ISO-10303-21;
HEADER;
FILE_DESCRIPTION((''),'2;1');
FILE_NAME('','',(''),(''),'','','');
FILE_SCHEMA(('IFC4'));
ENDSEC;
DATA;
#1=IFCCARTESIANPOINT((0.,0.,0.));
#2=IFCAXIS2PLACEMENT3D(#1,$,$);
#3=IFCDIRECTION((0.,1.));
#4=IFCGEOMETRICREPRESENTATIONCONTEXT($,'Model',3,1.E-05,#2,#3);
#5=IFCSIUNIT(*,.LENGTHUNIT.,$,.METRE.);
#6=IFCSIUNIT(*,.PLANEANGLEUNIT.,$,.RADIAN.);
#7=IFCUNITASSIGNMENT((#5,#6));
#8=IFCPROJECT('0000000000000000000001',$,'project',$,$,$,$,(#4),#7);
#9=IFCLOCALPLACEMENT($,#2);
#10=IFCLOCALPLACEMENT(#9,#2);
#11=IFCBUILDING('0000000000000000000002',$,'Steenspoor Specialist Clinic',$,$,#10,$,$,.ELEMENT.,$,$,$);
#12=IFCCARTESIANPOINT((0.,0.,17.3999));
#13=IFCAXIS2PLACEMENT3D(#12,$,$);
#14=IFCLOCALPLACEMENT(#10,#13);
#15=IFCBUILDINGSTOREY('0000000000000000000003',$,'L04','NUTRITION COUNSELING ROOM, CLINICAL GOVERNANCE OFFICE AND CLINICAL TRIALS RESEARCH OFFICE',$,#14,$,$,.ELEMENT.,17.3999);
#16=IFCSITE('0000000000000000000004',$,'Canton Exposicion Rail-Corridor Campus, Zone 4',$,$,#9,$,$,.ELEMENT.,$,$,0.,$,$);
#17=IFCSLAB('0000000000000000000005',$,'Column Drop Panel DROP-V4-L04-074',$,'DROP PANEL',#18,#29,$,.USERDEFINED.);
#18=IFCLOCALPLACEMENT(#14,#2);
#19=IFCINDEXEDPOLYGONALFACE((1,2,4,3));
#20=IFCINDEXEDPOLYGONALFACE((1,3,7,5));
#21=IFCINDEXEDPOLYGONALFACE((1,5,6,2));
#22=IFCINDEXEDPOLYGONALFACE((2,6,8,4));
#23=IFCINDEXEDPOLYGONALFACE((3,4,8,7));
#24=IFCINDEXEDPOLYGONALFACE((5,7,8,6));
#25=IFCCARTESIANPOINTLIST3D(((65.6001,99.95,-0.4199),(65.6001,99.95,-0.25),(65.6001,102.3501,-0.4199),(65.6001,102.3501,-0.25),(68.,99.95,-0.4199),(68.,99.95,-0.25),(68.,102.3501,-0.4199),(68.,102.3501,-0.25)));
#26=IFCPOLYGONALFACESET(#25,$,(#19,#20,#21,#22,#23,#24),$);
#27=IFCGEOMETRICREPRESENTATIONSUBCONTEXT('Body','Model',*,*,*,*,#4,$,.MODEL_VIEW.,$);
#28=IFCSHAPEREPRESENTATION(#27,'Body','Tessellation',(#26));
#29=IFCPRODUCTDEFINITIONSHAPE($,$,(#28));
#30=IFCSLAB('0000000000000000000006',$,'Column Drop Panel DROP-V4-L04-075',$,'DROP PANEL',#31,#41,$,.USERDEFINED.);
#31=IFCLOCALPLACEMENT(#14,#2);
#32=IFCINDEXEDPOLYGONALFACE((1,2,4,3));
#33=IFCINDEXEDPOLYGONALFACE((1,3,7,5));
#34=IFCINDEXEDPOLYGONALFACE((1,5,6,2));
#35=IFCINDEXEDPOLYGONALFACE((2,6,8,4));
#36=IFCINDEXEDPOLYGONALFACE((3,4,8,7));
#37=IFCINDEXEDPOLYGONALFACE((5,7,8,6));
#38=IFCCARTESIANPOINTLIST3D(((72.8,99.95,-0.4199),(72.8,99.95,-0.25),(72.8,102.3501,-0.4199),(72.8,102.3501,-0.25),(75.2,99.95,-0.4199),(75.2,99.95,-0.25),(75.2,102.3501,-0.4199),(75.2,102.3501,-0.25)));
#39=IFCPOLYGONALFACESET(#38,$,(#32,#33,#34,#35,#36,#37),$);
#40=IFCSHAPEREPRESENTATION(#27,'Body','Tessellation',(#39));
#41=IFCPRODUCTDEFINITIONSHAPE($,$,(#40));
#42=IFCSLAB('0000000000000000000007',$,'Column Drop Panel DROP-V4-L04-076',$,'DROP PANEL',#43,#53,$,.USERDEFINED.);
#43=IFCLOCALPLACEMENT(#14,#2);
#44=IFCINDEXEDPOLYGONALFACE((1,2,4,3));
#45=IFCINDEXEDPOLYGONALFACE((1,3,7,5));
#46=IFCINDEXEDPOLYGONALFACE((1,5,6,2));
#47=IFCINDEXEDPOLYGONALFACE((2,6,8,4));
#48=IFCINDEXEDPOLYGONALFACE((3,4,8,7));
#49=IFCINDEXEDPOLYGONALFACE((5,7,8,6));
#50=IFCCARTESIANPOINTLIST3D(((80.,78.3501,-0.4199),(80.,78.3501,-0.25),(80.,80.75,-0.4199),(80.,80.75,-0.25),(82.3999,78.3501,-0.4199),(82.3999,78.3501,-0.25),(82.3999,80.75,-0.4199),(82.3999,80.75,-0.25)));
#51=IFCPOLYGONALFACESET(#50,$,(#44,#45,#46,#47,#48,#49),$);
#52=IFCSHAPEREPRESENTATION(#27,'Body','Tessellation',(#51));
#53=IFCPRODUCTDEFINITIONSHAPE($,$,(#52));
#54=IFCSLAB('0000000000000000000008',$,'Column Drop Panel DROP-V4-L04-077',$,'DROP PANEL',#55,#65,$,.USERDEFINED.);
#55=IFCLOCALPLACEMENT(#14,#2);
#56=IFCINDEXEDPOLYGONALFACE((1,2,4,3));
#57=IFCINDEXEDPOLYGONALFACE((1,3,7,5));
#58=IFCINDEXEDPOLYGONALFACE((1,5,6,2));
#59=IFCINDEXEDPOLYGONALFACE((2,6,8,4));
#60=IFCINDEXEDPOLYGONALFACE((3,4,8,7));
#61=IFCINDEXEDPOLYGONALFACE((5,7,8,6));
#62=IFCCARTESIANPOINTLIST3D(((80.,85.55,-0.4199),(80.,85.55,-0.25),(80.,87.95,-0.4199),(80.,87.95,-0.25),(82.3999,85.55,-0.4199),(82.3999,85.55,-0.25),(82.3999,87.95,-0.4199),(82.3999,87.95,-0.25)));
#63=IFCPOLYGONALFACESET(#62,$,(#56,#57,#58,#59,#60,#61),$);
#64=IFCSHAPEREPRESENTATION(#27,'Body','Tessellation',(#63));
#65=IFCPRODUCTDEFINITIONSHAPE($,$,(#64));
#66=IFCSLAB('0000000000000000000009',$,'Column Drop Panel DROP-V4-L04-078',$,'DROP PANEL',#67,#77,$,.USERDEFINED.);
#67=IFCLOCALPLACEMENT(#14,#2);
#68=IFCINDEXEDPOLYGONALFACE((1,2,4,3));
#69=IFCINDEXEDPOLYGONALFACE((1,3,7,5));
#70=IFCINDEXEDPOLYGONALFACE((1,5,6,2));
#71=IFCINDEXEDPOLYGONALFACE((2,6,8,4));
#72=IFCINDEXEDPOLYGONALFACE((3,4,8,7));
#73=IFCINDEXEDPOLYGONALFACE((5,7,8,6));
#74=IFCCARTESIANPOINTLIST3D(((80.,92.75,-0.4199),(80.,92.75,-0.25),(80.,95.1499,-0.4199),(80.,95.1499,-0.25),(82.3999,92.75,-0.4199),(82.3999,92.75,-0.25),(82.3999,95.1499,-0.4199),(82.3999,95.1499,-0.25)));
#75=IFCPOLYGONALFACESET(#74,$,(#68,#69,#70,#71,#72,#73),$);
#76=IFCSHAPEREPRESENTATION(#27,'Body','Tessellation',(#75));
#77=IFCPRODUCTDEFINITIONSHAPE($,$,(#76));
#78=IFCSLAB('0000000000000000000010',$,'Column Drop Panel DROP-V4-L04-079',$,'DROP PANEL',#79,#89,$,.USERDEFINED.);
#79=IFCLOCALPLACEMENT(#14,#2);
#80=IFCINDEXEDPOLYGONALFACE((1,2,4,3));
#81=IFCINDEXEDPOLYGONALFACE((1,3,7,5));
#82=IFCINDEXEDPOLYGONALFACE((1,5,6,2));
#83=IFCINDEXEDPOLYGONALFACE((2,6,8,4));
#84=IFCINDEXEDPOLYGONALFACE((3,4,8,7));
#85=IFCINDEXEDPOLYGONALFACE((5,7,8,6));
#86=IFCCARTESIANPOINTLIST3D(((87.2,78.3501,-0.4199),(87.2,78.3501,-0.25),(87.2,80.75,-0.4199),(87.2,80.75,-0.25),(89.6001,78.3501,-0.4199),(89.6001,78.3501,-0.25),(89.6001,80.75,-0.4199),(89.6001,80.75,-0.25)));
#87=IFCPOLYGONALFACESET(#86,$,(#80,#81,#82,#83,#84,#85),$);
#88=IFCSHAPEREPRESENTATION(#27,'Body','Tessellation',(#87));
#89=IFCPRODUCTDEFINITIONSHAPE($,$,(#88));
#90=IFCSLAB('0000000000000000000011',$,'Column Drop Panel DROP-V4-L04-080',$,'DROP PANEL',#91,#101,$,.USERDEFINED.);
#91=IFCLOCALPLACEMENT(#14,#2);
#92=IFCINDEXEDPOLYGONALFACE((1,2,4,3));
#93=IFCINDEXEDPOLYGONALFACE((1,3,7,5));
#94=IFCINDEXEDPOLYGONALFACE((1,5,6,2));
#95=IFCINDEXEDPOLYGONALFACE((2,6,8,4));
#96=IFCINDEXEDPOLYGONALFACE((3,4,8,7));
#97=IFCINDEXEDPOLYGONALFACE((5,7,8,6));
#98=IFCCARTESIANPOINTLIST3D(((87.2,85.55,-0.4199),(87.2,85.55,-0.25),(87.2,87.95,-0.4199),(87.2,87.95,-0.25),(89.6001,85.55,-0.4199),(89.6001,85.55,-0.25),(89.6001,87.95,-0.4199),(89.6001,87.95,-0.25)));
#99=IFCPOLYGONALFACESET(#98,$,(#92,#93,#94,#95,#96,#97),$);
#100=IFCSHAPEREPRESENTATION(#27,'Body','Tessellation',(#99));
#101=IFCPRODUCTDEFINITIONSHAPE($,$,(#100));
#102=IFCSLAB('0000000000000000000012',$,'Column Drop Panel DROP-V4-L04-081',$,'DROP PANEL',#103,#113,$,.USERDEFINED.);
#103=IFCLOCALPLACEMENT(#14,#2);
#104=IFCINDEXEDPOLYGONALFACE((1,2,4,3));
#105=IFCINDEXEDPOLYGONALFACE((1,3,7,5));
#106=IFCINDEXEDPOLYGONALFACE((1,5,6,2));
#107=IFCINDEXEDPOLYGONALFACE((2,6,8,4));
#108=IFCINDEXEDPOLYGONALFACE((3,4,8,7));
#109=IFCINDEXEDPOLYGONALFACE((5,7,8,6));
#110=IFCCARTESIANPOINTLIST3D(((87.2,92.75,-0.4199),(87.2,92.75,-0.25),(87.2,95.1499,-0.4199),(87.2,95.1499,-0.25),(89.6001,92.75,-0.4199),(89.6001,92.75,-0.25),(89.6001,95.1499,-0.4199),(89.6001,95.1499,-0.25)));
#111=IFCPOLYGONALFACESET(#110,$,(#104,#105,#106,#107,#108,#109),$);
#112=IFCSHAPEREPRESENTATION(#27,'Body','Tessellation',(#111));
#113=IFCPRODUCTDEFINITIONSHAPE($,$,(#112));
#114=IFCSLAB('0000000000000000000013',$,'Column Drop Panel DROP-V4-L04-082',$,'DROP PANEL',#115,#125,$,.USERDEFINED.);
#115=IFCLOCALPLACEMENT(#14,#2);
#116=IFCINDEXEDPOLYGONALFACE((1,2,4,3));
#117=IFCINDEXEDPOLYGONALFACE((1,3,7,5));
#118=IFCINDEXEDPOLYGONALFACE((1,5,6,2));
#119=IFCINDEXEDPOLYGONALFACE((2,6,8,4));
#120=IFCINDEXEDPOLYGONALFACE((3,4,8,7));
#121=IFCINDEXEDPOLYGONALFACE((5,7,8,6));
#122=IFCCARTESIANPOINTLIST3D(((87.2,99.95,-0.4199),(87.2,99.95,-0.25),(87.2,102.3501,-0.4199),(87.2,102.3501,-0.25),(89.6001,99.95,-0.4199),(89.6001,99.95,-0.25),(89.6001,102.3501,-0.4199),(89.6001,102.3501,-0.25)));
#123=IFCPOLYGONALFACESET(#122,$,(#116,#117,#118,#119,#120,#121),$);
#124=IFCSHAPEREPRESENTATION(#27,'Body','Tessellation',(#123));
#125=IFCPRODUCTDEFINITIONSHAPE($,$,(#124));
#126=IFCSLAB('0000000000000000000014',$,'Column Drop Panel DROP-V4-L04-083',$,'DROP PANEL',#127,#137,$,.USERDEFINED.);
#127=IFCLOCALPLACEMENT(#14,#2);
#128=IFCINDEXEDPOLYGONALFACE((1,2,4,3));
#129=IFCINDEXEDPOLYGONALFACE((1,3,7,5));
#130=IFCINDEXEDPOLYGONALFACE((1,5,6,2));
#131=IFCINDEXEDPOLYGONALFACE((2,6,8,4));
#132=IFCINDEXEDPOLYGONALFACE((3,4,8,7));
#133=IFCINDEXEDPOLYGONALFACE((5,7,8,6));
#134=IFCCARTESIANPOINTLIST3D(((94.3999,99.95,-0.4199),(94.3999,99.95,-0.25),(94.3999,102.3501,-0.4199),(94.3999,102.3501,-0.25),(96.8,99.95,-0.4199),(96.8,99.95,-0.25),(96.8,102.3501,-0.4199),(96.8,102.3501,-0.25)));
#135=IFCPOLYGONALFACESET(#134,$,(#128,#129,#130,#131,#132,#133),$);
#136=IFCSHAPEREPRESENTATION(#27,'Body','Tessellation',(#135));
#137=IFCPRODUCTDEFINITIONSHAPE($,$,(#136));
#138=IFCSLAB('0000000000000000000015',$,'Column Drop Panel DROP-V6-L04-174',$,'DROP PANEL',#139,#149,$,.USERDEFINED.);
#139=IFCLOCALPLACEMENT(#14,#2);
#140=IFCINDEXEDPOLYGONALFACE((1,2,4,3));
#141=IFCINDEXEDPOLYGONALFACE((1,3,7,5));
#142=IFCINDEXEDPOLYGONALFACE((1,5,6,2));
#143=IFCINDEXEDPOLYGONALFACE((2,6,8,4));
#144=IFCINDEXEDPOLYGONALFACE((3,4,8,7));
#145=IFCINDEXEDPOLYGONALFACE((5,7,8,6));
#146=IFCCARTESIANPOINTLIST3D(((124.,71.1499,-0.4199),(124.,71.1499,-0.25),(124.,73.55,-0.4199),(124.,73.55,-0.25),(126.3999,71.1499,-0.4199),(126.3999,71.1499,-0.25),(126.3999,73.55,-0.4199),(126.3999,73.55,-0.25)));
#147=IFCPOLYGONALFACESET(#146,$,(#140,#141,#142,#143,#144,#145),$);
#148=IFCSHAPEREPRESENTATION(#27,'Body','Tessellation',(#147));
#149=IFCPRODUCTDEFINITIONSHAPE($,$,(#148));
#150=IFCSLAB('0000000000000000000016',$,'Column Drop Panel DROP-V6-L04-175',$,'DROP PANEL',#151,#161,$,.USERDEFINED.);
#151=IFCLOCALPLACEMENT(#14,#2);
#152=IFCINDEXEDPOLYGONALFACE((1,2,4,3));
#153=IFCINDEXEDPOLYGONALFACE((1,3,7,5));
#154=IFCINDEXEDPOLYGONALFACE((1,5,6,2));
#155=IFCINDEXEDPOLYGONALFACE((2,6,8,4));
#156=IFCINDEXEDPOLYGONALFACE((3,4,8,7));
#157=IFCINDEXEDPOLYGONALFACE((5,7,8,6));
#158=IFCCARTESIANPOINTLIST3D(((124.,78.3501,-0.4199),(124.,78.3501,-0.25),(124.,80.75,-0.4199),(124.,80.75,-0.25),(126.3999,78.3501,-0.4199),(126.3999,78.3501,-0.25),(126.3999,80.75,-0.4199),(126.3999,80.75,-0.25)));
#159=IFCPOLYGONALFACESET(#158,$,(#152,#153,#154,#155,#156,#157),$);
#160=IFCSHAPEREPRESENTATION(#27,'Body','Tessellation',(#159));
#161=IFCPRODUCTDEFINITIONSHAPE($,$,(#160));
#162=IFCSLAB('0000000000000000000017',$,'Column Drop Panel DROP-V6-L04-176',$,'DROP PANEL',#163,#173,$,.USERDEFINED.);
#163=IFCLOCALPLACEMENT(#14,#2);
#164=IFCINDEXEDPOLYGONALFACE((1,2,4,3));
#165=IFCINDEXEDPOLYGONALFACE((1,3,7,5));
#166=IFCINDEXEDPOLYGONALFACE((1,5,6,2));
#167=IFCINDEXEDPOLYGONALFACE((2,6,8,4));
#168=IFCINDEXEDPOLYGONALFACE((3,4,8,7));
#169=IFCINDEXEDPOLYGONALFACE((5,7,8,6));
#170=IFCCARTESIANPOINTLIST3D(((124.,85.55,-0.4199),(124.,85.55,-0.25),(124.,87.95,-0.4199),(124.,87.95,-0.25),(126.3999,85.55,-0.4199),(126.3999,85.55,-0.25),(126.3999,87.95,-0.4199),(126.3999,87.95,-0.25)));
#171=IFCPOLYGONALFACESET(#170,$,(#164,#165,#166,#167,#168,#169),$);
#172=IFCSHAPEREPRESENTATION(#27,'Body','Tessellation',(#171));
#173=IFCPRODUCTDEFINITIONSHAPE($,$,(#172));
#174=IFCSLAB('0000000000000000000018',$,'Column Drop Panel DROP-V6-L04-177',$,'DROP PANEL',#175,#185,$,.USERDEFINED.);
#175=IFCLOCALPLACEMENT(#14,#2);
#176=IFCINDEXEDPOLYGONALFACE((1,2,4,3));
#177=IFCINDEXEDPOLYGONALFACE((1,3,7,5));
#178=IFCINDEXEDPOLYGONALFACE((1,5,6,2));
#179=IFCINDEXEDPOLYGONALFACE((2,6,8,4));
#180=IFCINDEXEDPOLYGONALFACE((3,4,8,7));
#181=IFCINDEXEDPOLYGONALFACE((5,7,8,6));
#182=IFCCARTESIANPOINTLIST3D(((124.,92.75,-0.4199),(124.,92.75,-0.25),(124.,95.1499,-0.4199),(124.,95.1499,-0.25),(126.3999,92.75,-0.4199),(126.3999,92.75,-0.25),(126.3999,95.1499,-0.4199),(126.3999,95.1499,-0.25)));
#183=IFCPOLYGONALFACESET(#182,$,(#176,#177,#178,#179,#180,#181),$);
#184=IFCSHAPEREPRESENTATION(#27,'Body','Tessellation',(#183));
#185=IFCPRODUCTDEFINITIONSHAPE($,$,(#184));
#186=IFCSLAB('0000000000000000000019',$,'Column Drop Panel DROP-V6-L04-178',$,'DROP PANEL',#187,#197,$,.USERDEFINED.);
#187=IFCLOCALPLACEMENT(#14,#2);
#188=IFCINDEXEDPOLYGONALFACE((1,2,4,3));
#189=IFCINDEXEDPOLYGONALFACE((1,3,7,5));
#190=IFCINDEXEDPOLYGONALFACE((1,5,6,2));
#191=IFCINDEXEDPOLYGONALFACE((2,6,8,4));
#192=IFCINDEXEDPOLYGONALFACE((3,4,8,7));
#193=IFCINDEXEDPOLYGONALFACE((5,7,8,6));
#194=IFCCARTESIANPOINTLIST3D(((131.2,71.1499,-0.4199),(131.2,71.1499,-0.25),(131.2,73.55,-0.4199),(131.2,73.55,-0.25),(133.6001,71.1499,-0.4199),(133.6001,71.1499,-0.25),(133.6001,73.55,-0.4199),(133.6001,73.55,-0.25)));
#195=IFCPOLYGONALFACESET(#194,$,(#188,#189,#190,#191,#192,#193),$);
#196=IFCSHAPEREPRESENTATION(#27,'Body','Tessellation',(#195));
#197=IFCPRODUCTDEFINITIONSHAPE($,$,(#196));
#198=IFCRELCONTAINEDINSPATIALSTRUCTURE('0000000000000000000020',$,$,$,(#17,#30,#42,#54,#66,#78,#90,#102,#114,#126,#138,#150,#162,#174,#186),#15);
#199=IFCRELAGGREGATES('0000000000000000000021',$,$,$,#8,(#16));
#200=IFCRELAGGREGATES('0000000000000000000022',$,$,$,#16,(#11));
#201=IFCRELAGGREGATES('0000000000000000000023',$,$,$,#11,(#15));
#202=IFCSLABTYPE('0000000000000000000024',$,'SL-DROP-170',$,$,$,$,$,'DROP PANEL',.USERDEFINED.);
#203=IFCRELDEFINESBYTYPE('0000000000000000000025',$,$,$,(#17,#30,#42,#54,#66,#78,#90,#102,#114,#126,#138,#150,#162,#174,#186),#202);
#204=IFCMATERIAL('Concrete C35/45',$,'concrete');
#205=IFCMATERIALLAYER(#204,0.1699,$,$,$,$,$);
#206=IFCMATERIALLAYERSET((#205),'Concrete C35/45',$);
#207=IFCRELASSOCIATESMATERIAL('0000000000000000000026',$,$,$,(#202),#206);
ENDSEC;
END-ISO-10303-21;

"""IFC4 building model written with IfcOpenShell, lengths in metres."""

from ifc_helpers import new_model, si_unit, direction, frame, origin, place, context, subcontext, project, spatial, polyline, outline, extrude, material, layer, layer_set, type_object, element, save


model = new_model("IFC4")

# Units and contexts
model_context = context("Model", 3, precision=1e-05, world=origin(), true_north=direction((0.0, 1.0)))
body_context = subcontext(model_context, "Body", "Model", "MODEL_VIEW")
ifc_project = project(units=[si_unit("LENGTHUNIT", "METRE"), si_unit("PLANEANGLEUNIT", "RADIAN")], contexts=[model_context])

# Site, building, storey
site_placement = place(None, origin())
site = spatial("IfcSite", under=ifc_project, at=site_placement, Name="Canton Exposicion Rail-Corridor Campus, Zone 4", CompositionType="ELEMENT", RefElevation=0.0)
building_placement = place(site_placement, origin())
building = spatial("IfcBuilding", under=site, at=building_placement, Name="Steenspoor Specialist Clinic", CompositionType="ELEMENT")
storey_placement = place(building_placement, frame((0.0, 0.0, 17.3999)))
storey = spatial("IfcBuildingStorey", under=building, at=storey_placement, Name="L04", Description="NUTRITION COUNSELING ROOM, CLINICAL GOVERNANCE OFFICE AND CLINICAL TRIALS RESEARCH OFFICE", CompositionType="ELEMENT", Elevation=17.3999)

# Slabs
ifc_material = material(Name="Concrete C35/45", Category="concrete")
ifc_layer_1 = layer(ifc_material, 0.1699)
ifc_layer_set_1 = layer_set([ifc_layer_1], Name="Concrete C35/45")
slab_type_1 = type_object("IfcSlabType", Name="SL-DROP-170", ElementType="DROP PANEL", PredefinedType="USERDEFINED", material=ifc_layer_set_1)
slab_1_placement = place(storey_placement, frame((0.0, 0.0, -0.4199)))
element("IfcSlab", 1, at=slab_1_placement, inside=storey, type_object=slab_type_1, Name="Column Drop Panel DROP-V4-L04-074", ObjectType="DROP PANEL", PredefinedType="USERDEFINED", context=body_context, shape_type="SweptSolid", body=[
    extrude(outline(polyline([(68.0, 99.95), (68.0, 102.3501), (65.6001, 102.3501), (65.6001, 99.95), (68.0, 99.95)])), origin(), (0.0, 0.0, 1.0), 0.1699),
])
slab_2_placement = place(storey_placement, frame((0.0, 0.0, -0.4199)))
element("IfcSlab", 2, at=slab_2_placement, inside=storey, type_object=slab_type_1, Name="Column Drop Panel DROP-V4-L04-075", ObjectType="DROP PANEL", PredefinedType="USERDEFINED", context=body_context, shape_type="SweptSolid", body=[
    extrude(outline(polyline([(75.2, 99.95), (75.2, 102.3501), (72.8, 102.3501), (72.8, 99.95), (75.2, 99.95)])), origin(), (0.0, 0.0, 1.0), 0.1699),
])
slab_3_placement = place(storey_placement, frame((0.0, 0.0, -0.4199)))
element("IfcSlab", 3, at=slab_3_placement, inside=storey, type_object=slab_type_1, Name="Column Drop Panel DROP-V4-L04-076", ObjectType="DROP PANEL", PredefinedType="USERDEFINED", context=body_context, shape_type="SweptSolid", body=[
    extrude(outline(polyline([(82.3999, 78.3501), (82.3999, 80.75), (80.0, 80.75), (80.0, 78.3501), (82.3999, 78.3501)])), origin(), (0.0, 0.0, 1.0), 0.1699),
])
slab_4_placement = place(storey_placement, frame((0.0, 0.0, -0.4199)))
element("IfcSlab", 4, at=slab_4_placement, inside=storey, type_object=slab_type_1, Name="Column Drop Panel DROP-V4-L04-077", ObjectType="DROP PANEL", PredefinedType="USERDEFINED", context=body_context, shape_type="SweptSolid", body=[
    extrude(outline(polyline([(82.3999, 85.55), (82.3999, 87.95), (80.0, 87.95), (80.0, 85.55), (82.3999, 85.55)])), origin(), (0.0, 0.0, 1.0), 0.1699),
])
slab_5_placement = place(storey_placement, frame((0.0, 0.0, -0.4199)))
element("IfcSlab", 5, at=slab_5_placement, inside=storey, type_object=slab_type_1, Name="Column Drop Panel DROP-V4-L04-078", ObjectType="DROP PANEL", PredefinedType="USERDEFINED", context=body_context, shape_type="SweptSolid", body=[
    extrude(outline(polyline([(82.3999, 92.75), (82.3999, 95.1499), (80.0, 95.1499), (80.0, 92.75), (82.3999, 92.75)])), origin(), (0.0, 0.0, 1.0), 0.1699),
])
slab_6_placement = place(storey_placement, frame((0.0, 0.0, -0.4199)))
element("IfcSlab", 6, at=slab_6_placement, inside=storey, type_object=slab_type_1, Name="Column Drop Panel DROP-V4-L04-079", ObjectType="DROP PANEL", PredefinedType="USERDEFINED", context=body_context, shape_type="SweptSolid", body=[
    extrude(outline(polyline([(89.6001, 78.3501), (89.6001, 80.75), (87.2, 80.75), (87.2, 78.3501), (89.6001, 78.3501)])), origin(), (0.0, 0.0, 1.0), 0.1699),
])
slab_7_placement = place(storey_placement, frame((0.0, 0.0, -0.4199)))
element("IfcSlab", 7, at=slab_7_placement, inside=storey, type_object=slab_type_1, Name="Column Drop Panel DROP-V4-L04-080", ObjectType="DROP PANEL", PredefinedType="USERDEFINED", context=body_context, shape_type="SweptSolid", body=[
    extrude(outline(polyline([(89.6001, 85.55), (89.6001, 87.95), (87.2, 87.95), (87.2, 85.55), (89.6001, 85.55)])), origin(), (0.0, 0.0, 1.0), 0.1699),
])
slab_8_placement = place(storey_placement, frame((0.0, 0.0, -0.4199)))
element("IfcSlab", 8, at=slab_8_placement, inside=storey, type_object=slab_type_1, Name="Column Drop Panel DROP-V4-L04-081", ObjectType="DROP PANEL", PredefinedType="USERDEFINED", context=body_context, shape_type="SweptSolid", body=[
    extrude(outline(polyline([(89.6001, 92.75), (89.6001, 95.1499), (87.2, 95.1499), (87.2, 92.75), (89.6001, 92.75)])), origin(), (0.0, 0.0, 1.0), 0.1699),
])
slab_9_placement = place(storey_placement, frame((0.0, 0.0, -0.4199)))
element("IfcSlab", 9, at=slab_9_placement, inside=storey, type_object=slab_type_1, Name="Column Drop Panel DROP-V4-L04-082", ObjectType="DROP PANEL", PredefinedType="USERDEFINED", context=body_context, shape_type="SweptSolid", body=[
    extrude(outline(polyline([(89.6001, 99.95), (89.6001, 102.3501), (87.2, 102.3501), (87.2, 99.95), (89.6001, 99.95)])), origin(), (0.0, 0.0, 1.0), 0.1699),
])
slab_10_placement = place(storey_placement, frame((0.0, 0.0, -0.4199)))
element("IfcSlab", 10, at=slab_10_placement, inside=storey, type_object=slab_type_1, Name="Column Drop Panel DROP-V4-L04-083", ObjectType="DROP PANEL", PredefinedType="USERDEFINED", context=body_context, shape_type="SweptSolid", body=[
    extrude(outline(polyline([(96.8, 99.95), (96.8, 102.3501), (94.3999, 102.3501), (94.3999, 99.95), (96.8, 99.95)])), origin(), (0.0, 0.0, 1.0), 0.1699),
])
slab_11_placement = place(storey_placement, frame((0.0, 0.0, -0.4199)))
element("IfcSlab", 11, at=slab_11_placement, inside=storey, type_object=slab_type_1, Name="Column Drop Panel DROP-V6-L04-174", ObjectType="DROP PANEL", PredefinedType="USERDEFINED", context=body_context, shape_type="SweptSolid", body=[
    extrude(outline(polyline([(126.3999, 71.1499), (126.3999, 73.55), (124.0, 73.55), (124.0, 71.1499), (126.3999, 71.1499)])), origin(), (0.0, 0.0, 1.0), 0.1699),
])
slab_12_placement = place(storey_placement, frame((0.0, 0.0, -0.4199)))
element("IfcSlab", 12, at=slab_12_placement, inside=storey, type_object=slab_type_1, Name="Column Drop Panel DROP-V6-L04-175", ObjectType="DROP PANEL", PredefinedType="USERDEFINED", context=body_context, shape_type="SweptSolid", body=[
    extrude(outline(polyline([(126.3999, 78.3501), (126.3999, 80.75), (124.0, 80.75), (124.0, 78.3501), (126.3999, 78.3501)])), origin(), (0.0, 0.0, 1.0), 0.1699),
])
slab_13_placement = place(storey_placement, frame((0.0, 0.0, -0.4199)))
element("IfcSlab", 13, at=slab_13_placement, inside=storey, type_object=slab_type_1, Name="Column Drop Panel DROP-V6-L04-176", ObjectType="DROP PANEL", PredefinedType="USERDEFINED", context=body_context, shape_type="SweptSolid", body=[
    extrude(outline(polyline([(126.3999, 85.55), (126.3999, 87.95), (124.0, 87.95), (124.0, 85.55), (126.3999, 85.55)])), origin(), (0.0, 0.0, 1.0), 0.1699),
])
slab_14_placement = place(storey_placement, frame((0.0, 0.0, -0.4199)))
element("IfcSlab", 14, at=slab_14_placement, inside=storey, type_object=slab_type_1, Name="Column Drop Panel DROP-V6-L04-177", ObjectType="DROP PANEL", PredefinedType="USERDEFINED", context=body_context, shape_type="SweptSolid", body=[
    extrude(outline(polyline([(126.3999, 92.75), (126.3999, 95.1499), (124.0, 95.1499), (124.0, 92.75), (126.3999, 92.75)])), origin(), (0.0, 0.0, 1.0), 0.1699),
])
slab_15_placement = place(storey_placement, frame((0.0, 0.0, -0.4199)))
element("IfcSlab", 15, at=slab_15_placement, inside=storey, type_object=slab_type_1, Name="Column Drop Panel DROP-V6-L04-178", ObjectType="DROP PANEL", PredefinedType="USERDEFINED", context=body_context, shape_type="SweptSolid", body=[
    extrude(outline(polyline([(133.6001, 71.1499), (133.6001, 73.55), (131.2, 73.55), (131.2, 71.1499), (133.6001, 71.1499)])), origin(), (0.0, 0.0, 1.0), 0.1699),
])

save(model, "model.ifc")
